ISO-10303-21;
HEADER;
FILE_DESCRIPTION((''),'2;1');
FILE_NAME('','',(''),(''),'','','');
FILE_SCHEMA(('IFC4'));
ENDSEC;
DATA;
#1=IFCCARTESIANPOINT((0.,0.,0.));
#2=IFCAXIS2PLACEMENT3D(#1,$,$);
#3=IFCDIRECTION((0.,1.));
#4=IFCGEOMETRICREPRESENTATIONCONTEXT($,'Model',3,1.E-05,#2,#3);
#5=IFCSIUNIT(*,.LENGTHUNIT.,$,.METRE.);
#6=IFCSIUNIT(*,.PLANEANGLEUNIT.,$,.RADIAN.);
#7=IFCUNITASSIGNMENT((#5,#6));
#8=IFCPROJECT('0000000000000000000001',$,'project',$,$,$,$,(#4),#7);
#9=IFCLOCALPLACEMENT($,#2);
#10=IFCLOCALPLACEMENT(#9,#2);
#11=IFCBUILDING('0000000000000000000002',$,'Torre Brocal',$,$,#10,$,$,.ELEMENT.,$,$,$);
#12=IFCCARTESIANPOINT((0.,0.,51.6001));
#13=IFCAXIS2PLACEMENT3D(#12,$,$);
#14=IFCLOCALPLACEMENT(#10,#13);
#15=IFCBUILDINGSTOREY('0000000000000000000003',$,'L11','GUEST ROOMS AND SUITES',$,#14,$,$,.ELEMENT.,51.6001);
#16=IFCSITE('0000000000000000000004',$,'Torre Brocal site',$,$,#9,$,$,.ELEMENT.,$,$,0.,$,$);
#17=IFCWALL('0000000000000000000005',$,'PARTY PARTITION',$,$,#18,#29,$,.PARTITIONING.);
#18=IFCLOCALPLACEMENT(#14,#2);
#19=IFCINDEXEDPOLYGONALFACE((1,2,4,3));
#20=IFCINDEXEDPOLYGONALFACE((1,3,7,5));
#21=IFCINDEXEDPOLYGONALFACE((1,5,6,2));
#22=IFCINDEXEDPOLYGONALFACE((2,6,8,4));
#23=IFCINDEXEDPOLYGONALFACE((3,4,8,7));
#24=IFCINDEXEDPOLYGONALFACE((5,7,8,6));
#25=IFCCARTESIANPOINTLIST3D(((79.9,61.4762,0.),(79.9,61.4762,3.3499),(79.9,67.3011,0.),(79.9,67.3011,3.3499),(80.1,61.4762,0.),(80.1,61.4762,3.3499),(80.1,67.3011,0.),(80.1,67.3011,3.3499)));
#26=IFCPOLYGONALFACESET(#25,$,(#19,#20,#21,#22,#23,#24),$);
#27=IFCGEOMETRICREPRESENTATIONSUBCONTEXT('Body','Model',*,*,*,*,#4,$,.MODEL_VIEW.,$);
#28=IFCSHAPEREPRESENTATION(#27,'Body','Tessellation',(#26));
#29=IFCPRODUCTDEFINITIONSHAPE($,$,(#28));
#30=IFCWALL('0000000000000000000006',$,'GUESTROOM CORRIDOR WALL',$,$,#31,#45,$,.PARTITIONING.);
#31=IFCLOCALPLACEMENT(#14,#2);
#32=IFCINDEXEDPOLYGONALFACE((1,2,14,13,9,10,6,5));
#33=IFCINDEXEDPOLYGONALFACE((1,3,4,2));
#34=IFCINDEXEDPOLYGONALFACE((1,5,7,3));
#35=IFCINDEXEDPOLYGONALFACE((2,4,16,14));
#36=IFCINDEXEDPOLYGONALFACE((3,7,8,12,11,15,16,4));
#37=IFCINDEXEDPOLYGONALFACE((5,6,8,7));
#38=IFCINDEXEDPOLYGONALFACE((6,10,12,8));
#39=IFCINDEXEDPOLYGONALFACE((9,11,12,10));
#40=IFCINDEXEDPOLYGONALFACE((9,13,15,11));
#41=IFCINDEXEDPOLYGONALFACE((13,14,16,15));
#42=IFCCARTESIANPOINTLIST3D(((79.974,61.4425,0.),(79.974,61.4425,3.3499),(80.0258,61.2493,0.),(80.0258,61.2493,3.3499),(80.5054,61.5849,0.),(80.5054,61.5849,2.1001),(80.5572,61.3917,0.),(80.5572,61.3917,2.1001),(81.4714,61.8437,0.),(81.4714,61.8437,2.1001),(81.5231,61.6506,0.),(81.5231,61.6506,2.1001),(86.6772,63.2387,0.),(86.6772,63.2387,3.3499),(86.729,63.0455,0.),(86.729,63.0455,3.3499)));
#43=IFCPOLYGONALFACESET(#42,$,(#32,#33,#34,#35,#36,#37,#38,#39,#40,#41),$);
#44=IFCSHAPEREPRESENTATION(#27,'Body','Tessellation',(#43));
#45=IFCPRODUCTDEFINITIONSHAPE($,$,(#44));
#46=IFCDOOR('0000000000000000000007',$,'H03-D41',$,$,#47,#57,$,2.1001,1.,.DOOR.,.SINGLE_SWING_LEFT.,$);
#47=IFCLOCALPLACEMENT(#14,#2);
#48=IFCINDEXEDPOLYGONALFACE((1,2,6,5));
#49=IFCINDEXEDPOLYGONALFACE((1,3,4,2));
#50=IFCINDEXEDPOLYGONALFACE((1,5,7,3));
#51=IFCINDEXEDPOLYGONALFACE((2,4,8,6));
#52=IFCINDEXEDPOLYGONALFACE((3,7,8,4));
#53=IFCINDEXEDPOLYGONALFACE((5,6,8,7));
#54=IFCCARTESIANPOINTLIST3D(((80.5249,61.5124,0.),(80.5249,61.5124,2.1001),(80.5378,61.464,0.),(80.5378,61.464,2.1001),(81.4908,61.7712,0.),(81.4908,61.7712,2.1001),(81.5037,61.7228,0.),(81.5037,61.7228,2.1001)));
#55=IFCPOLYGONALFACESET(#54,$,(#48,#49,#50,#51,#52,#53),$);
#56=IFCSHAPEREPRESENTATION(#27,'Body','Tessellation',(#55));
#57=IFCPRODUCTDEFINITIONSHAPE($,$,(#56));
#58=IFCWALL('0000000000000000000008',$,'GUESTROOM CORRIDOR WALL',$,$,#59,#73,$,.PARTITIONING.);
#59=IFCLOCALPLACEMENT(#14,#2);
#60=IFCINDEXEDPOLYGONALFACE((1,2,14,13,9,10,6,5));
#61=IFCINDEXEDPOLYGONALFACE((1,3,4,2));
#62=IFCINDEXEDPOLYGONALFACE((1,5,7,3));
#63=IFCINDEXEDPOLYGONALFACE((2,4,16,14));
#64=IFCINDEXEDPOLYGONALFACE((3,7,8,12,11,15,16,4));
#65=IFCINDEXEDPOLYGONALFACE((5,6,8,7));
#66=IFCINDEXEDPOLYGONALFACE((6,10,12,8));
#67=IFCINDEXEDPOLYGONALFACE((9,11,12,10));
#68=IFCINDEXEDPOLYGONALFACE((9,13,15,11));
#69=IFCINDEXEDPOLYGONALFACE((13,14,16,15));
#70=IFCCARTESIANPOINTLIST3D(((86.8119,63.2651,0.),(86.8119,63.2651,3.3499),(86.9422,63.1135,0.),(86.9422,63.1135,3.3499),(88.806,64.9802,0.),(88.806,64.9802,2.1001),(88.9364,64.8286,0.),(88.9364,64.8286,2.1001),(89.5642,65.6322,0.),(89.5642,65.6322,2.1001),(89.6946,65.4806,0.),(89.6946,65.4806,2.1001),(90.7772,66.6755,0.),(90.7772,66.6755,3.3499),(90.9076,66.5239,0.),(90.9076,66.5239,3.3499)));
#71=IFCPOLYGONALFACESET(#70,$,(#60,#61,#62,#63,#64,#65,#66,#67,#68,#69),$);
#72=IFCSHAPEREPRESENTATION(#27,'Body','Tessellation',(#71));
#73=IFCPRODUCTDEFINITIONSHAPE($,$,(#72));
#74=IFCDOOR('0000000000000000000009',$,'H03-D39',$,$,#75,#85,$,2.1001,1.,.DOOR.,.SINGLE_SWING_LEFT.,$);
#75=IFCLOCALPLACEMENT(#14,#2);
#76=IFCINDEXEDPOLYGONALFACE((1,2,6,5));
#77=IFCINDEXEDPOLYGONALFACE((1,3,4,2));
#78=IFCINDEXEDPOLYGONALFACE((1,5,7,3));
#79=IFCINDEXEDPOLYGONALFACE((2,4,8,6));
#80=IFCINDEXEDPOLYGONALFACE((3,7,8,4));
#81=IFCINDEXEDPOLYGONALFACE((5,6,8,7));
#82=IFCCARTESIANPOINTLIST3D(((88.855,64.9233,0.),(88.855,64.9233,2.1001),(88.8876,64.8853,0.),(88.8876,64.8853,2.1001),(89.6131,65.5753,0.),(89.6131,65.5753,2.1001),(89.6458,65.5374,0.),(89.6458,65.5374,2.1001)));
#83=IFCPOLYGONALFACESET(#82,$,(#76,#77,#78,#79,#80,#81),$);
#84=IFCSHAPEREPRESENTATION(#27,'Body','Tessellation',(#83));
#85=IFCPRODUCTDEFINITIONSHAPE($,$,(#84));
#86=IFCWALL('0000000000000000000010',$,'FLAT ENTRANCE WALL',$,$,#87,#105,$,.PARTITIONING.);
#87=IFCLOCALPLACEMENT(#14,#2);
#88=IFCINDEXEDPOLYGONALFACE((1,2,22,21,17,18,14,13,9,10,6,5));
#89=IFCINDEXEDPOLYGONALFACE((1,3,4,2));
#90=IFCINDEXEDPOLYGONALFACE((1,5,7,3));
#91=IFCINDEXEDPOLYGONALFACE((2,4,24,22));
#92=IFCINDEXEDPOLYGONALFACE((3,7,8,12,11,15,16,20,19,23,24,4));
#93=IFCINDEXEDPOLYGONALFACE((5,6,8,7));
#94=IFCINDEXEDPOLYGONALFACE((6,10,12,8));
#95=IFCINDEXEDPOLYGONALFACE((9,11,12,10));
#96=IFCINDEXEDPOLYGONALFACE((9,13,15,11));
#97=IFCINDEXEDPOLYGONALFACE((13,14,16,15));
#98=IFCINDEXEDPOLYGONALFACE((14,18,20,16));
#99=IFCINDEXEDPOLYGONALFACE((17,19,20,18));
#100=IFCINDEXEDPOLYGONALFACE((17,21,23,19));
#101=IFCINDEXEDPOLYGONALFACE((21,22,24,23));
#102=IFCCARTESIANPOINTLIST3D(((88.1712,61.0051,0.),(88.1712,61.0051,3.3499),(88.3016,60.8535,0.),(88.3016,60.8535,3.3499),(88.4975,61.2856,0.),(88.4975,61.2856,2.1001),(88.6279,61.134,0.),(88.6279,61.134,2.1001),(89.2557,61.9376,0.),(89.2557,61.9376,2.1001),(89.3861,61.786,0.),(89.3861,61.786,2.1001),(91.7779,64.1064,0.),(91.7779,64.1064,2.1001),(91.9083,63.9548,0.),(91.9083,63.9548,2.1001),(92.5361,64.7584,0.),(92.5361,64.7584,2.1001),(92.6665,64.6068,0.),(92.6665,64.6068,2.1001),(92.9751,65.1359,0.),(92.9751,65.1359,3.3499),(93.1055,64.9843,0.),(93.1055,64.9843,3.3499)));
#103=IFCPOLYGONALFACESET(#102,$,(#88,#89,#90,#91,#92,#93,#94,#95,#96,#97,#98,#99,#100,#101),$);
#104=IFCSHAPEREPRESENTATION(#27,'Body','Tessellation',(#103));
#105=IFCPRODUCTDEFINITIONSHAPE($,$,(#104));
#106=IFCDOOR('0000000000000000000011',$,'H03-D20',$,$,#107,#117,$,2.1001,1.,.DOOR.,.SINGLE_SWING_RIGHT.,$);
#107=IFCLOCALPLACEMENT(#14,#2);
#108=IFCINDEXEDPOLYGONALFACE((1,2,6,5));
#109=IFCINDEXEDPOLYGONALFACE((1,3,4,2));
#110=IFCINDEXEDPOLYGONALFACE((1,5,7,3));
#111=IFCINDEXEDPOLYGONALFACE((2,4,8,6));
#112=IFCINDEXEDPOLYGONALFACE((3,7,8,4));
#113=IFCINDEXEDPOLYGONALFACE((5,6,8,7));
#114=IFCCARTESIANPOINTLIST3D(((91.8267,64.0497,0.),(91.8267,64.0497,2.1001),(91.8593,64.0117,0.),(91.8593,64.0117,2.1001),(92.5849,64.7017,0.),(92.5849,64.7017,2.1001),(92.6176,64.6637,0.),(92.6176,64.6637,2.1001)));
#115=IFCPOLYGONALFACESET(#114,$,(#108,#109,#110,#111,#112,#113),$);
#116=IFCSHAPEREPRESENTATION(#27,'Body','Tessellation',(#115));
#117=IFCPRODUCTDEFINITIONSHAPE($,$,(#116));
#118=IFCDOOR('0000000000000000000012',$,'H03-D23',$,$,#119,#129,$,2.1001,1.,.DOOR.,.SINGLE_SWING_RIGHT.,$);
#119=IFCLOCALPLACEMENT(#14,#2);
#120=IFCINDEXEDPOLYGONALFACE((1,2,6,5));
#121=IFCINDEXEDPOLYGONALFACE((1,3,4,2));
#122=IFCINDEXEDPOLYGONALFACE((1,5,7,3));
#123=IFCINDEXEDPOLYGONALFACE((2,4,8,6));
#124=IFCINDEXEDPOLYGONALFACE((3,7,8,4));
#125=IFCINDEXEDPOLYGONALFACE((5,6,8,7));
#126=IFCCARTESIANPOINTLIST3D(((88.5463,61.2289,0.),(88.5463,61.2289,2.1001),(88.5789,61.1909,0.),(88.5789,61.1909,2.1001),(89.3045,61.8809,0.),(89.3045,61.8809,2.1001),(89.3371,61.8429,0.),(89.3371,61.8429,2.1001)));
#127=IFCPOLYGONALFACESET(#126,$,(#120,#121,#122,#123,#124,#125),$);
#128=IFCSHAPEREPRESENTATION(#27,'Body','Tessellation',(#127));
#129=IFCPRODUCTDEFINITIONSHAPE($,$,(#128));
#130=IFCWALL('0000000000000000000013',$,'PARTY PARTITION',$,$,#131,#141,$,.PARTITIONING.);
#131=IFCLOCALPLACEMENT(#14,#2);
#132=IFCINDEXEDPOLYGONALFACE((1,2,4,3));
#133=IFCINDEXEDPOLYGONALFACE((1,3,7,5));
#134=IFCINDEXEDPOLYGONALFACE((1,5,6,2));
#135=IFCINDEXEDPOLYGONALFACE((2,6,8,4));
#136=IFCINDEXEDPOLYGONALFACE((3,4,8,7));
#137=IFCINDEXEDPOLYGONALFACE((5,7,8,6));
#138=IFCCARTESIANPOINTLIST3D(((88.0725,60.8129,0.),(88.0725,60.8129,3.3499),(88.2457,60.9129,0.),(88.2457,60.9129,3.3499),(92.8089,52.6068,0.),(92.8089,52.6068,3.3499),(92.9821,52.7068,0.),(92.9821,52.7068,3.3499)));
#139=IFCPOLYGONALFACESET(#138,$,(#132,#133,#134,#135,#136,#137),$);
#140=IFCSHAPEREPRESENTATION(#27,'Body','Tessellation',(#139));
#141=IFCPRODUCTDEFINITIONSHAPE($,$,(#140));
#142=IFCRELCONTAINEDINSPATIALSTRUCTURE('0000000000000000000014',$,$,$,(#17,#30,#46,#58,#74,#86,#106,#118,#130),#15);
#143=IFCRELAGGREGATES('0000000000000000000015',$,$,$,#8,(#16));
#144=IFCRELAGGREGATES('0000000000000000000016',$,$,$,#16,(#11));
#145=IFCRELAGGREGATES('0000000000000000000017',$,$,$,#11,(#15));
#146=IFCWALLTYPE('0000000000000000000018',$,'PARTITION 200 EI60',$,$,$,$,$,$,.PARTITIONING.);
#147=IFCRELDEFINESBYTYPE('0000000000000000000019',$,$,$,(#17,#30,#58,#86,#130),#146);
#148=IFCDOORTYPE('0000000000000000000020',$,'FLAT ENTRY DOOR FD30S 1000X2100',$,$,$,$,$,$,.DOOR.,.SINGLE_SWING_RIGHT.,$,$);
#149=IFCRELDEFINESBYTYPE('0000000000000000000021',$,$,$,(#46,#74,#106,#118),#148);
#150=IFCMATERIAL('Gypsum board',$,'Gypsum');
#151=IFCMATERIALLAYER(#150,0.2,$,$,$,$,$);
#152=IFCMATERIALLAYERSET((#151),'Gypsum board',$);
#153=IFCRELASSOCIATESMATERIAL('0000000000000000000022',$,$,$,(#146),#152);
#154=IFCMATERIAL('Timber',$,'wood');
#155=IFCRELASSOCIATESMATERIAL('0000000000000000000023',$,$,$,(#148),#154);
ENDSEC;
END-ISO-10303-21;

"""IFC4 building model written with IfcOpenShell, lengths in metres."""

from ifc_helpers import new_model, si_unit, direction, frame, frame_2d, origin, place, context, subcontext, project, spatial, rectangle, extrude, material, layer, layer_set, type_object, element, fill, save


model = new_model("IFC4")

# Units and contexts
model_context = context("Model", 3, precision=1e-05, world=origin(), true_north=direction((0.0, 1.0)))
body_context = subcontext(model_context, "Body", "Model", "MODEL_VIEW")
ifc_project = project(units=[si_unit("LENGTHUNIT", "METRE"), si_unit("PLANEANGLEUNIT", "RADIAN")], contexts=[model_context])

# Site, building, storey
site_placement = place(None, origin())
site = spatial("IfcSite", under=ifc_project, at=site_placement, Name="Torre Brocal site", CompositionType="ELEMENT", RefElevation=0.0)
building_placement = place(site_placement, origin())
building = spatial("IfcBuilding", under=site, at=building_placement, Name="Torre Brocal", CompositionType="ELEMENT")
storey_placement = place(building_placement, frame((0.0, 0.0, 51.6001)))
storey = spatial("IfcBuildingStorey", under=building, at=storey_placement, Name="L11", Description="GUEST ROOMS AND SUITES", CompositionType="ELEMENT", Elevation=51.6001)

# Wall
ifc_material_1 = material(Name="Gypsum board", Category="Gypsum")
ifc_layer_1 = layer(ifc_material_1, 0.2)
ifc_layer_set_1 = layer_set([ifc_layer_1], Name="Gypsum board")
wall_type_1 = type_object("IfcWallType", Name="PARTITION 200 EI60", PredefinedType="PARTITIONING", material=ifc_layer_set_1)
wall_1_placement = place(storey_placement, frame((80.0, 61.4761, 0.0), z_axis=(0.0, 0.0, 1.0), x_axis=(0.0, 1.0, 0.0)))
element("IfcWall", 1, at=wall_1_placement, inside=storey, type_object=wall_type_1, Name="PARTY PARTITION", PredefinedType="PARTITIONING", context=body_context, shape_type="SweptSolid", body=[
    extrude(rectangle(XDim=5.825, YDim=0.2, at=frame_2d((2.9126, 0.0))), origin(), (0.0, 0.0, 1.0), 3.3499),
])

# Walls, openings, doors
wall_2_placement = place(storey_placement, frame((80.0, 61.3459, 0.0), z_axis=(0.0, 0.0, 1.0), x_axis=(0.965924, 0.258825, 0.0)))
wall_2 = element("IfcWall", 2, at=wall_2_placement, inside=storey, type_object=wall_type_1, Name="GUESTROOM CORRIDOR WALL", PredefinedType="PARTITIONING", context=body_context, shape_type="SweptSolid", body=[
    extrude(rectangle(XDim=6.9397, YDim=0.2, at=frame_2d((3.4697, 0.0))), origin(), (0.0, 0.0, 1.0), 3.3499),
])
opening_1_placement = place(wall_2_placement, frame((0.55, 0.0, 0.0)))
opening_1 = element("IfcOpeningElement", 3, at=opening_1_placement, cuts=wall_2, PredefinedType="OPENING", context=body_context, shape_type="SweptSolid", body=[
    extrude(rectangle(XDim=1.0, YDim=2.1001, at=frame_2d((0.5, 1.05))), frame((0.0, 0.1099, 0.0), z_axis=(0.0, -1.0, 0.0), x_axis=(1.0, 0.0, 0.0)), (0.0, 0.0, 1.0), 0.22),
])
ifc_material_2 = material(Name="Timber", Category="wood")
door_type_1 = type_object("IfcDoorType", Name="FLAT ENTRY DOOR FD30S 1000X2100", OperationType="SINGLE_SWING_RIGHT", PredefinedType="DOOR", material=ifc_material_2)
door_1_placement = place(opening_1_placement, origin())
door_1 = element("IfcDoor", 4, at=door_1_placement, inside=storey, type_object=door_type_1, Name="H03-D41", OperationType="SINGLE_SWING_LEFT", OverallHeight=2.1001, OverallWidth=1.0, PredefinedType="DOOR", context=body_context, shape_type="SweptSolid", body=[
    extrude(rectangle(XDim=1.0, YDim=2.1001, at=frame_2d((0.5, 1.05))), frame((0.0, 0.0249, 0.0), z_axis=(0.0, -1.0, 0.0), x_axis=(1.0, 0.0, 0.0)), (0.0, 0.0, 1.0), 0.05),
])
fill(opening_1, door_1)
wall_3_placement = place(storey_placement, frame((86.877, 63.1892, 0.0), z_axis=(0.0, 0.0, 1.0), x_axis=(0.758165, 0.652063, 0.0)))
wall_3 = element("IfcWall", 5, at=wall_3_placement, inside=storey, type_object=wall_type_1, Name="GUESTROOM CORRIDOR WALL", PredefinedType="PARTITIONING", context=body_context, shape_type="SweptSolid", body=[
    extrude(rectangle(XDim=5.2302, YDim=0.2, at=frame_2d((2.6152, 0.0))), origin(), (0.0, 0.0, 1.0), 3.3499),
])
opening_2_placement = place(wall_3_placement, frame((2.6304, 0.0, 0.0)))
opening_2 = element("IfcOpeningElement", 6, at=opening_2_placement, cuts=wall_3, PredefinedType="OPENING", context=body_context, shape_type="SweptSolid", body=[
    extrude(rectangle(XDim=1.0, YDim=2.1001, at=frame_2d((0.5, 1.05))), frame((0.0, 0.1099, 0.0), z_axis=(0.0, -1.0, 0.0), x_axis=(1.0, 0.0, 0.0)), (0.0, 0.0, 1.0), 0.22),
])
door_2_placement = place(opening_2_placement, origin())
door_2 = element("IfcDoor", 7, at=door_2_placement, inside=storey, type_object=door_type_1, Name="H03-D39", OperationType="SINGLE_SWING_LEFT", OverallHeight=2.1001, OverallWidth=1.0, PredefinedType="DOOR", context=body_context, shape_type="SweptSolid", body=[
    extrude(rectangle(XDim=1.0, YDim=2.1001, at=frame_2d((0.5, 1.05))), frame((0.0, 0.0249, 0.0), z_axis=(0.0, -1.0, 0.0), x_axis=(1.0, 0.0, 0.0)), (0.0, 0.0, 1.0), 0.05),
])
fill(opening_2, door_2)

# Wall, openings, doors
wall_4_placement = place(storey_placement, frame((88.2363, 60.9292, 0.0), z_axis=(0.0, 0.0, 1.0), x_axis=(0.758227, 0.65199, 0.0)))
wall_4 = element("IfcWall", 8, at=wall_4_placement, inside=storey, type_object=wall_type_1, Name="FLAT ENTRANCE WALL", PredefinedType="PARTITIONING", context=body_context, shape_type="SweptSolid", body=[
    extrude(rectangle(XDim=6.3357, YDim=0.2, at=frame_2d((3.168, 0.0))), origin(), (0.0, 0.0, 1.0), 3.3499),
])
opening_3_placement = place(wall_4_placement, frame((4.7568, 0.0, 0.0)))
opening_3 = element("IfcOpeningElement", 9, at=opening_3_placement, cuts=wall_4, PredefinedType="OPENING", context=body_context, shape_type="SweptSolid", body=[
    extrude(rectangle(XDim=1.0, YDim=2.1001, at=frame_2d((0.5, 1.05))), frame((0.0, 0.1099, 0.0), z_axis=(0.0, -1.0, 0.0), x_axis=(1.0, 0.0, 0.0)), (0.0, 0.0, 1.0), 0.22),
])
opening_4_placement = place(wall_4_placement, frame((0.4304, 0.0, 0.0)))
opening_4 = element("IfcOpeningElement", 10, at=opening_4_placement, cuts=wall_4, PredefinedType="OPENING", context=body_context, shape_type="SweptSolid", body=[
    extrude(rectangle(XDim=1.0, YDim=2.1001, at=frame_2d((0.5, 1.05))), frame((0.0, 0.1099, 0.0), z_axis=(0.0, -1.0, 0.0), x_axis=(1.0, 0.0, 0.0)), (0.0, 0.0, 1.0), 0.22),
])
door_3_placement = place(opening_3_placement, frame((1.0, 0.0, 0.0), z_axis=(0.0, 0.0, 1.0), x_axis=(-1.0, 0.0, 0.0)))
door_3 = element("IfcDoor", 11, at=door_3_placement, inside=storey, type_object=door_type_1, Name="H03-D20", OperationType="SINGLE_SWING_RIGHT", OverallHeight=2.1001, OverallWidth=1.0, PredefinedType="DOOR", context=body_context, shape_type="SweptSolid", body=[
    extrude(rectangle(XDim=1.0, YDim=2.1001, at=frame_2d((0.5, 1.05))), frame((0.0, 0.0249, 0.0), z_axis=(0.0, -1.0, 0.0), x_axis=(1.0, 0.0, 0.0)), (0.0, 0.0, 1.0), 0.05),
])
fill(opening_3, door_3)
door_4_placement = place(opening_4_placement, frame((1.0, 0.0, 0.0), z_axis=(0.0, 0.0, 1.0), x_axis=(-1.0, 0.0, 0.0)))
door_4 = element("IfcDoor", 12, at=door_4_placement, inside=storey, type_object=door_type_1, Name="H03-D23", OperationType="SINGLE_SWING_RIGHT", OverallHeight=2.1001, OverallWidth=1.0, PredefinedType="DOOR", context=body_context, shape_type="SweptSolid", body=[
    extrude(rectangle(XDim=1.0, YDim=2.1001, at=frame_2d((0.5, 1.05))), frame((0.0, 0.0249, 0.0), z_axis=(0.0, -1.0, 0.0), x_axis=(1.0, 0.0, 0.0)), (0.0, 0.0, 1.0), 0.05),
])
fill(opening_4, door_4)

# Wall
wall_5_placement = place(storey_placement, frame((88.1592, 60.8628, 0.0), z_axis=(0.0, 0.0, 1.0), x_axis=(0.499886, -0.866091, 0.0)))
element("IfcWall", 13, at=wall_5_placement, inside=storey, type_object=wall_type_1, Name="PARTY PARTITION", PredefinedType="PARTITIONING", context=body_context, shape_type="SweptSolid", body=[
    extrude(rectangle(XDim=9.4749, YDim=0.2, at=frame_2d((4.7373, 0.0))), origin(), (0.0, 0.0, 1.0), 3.3499),
])

save(model, "model.ifc")
